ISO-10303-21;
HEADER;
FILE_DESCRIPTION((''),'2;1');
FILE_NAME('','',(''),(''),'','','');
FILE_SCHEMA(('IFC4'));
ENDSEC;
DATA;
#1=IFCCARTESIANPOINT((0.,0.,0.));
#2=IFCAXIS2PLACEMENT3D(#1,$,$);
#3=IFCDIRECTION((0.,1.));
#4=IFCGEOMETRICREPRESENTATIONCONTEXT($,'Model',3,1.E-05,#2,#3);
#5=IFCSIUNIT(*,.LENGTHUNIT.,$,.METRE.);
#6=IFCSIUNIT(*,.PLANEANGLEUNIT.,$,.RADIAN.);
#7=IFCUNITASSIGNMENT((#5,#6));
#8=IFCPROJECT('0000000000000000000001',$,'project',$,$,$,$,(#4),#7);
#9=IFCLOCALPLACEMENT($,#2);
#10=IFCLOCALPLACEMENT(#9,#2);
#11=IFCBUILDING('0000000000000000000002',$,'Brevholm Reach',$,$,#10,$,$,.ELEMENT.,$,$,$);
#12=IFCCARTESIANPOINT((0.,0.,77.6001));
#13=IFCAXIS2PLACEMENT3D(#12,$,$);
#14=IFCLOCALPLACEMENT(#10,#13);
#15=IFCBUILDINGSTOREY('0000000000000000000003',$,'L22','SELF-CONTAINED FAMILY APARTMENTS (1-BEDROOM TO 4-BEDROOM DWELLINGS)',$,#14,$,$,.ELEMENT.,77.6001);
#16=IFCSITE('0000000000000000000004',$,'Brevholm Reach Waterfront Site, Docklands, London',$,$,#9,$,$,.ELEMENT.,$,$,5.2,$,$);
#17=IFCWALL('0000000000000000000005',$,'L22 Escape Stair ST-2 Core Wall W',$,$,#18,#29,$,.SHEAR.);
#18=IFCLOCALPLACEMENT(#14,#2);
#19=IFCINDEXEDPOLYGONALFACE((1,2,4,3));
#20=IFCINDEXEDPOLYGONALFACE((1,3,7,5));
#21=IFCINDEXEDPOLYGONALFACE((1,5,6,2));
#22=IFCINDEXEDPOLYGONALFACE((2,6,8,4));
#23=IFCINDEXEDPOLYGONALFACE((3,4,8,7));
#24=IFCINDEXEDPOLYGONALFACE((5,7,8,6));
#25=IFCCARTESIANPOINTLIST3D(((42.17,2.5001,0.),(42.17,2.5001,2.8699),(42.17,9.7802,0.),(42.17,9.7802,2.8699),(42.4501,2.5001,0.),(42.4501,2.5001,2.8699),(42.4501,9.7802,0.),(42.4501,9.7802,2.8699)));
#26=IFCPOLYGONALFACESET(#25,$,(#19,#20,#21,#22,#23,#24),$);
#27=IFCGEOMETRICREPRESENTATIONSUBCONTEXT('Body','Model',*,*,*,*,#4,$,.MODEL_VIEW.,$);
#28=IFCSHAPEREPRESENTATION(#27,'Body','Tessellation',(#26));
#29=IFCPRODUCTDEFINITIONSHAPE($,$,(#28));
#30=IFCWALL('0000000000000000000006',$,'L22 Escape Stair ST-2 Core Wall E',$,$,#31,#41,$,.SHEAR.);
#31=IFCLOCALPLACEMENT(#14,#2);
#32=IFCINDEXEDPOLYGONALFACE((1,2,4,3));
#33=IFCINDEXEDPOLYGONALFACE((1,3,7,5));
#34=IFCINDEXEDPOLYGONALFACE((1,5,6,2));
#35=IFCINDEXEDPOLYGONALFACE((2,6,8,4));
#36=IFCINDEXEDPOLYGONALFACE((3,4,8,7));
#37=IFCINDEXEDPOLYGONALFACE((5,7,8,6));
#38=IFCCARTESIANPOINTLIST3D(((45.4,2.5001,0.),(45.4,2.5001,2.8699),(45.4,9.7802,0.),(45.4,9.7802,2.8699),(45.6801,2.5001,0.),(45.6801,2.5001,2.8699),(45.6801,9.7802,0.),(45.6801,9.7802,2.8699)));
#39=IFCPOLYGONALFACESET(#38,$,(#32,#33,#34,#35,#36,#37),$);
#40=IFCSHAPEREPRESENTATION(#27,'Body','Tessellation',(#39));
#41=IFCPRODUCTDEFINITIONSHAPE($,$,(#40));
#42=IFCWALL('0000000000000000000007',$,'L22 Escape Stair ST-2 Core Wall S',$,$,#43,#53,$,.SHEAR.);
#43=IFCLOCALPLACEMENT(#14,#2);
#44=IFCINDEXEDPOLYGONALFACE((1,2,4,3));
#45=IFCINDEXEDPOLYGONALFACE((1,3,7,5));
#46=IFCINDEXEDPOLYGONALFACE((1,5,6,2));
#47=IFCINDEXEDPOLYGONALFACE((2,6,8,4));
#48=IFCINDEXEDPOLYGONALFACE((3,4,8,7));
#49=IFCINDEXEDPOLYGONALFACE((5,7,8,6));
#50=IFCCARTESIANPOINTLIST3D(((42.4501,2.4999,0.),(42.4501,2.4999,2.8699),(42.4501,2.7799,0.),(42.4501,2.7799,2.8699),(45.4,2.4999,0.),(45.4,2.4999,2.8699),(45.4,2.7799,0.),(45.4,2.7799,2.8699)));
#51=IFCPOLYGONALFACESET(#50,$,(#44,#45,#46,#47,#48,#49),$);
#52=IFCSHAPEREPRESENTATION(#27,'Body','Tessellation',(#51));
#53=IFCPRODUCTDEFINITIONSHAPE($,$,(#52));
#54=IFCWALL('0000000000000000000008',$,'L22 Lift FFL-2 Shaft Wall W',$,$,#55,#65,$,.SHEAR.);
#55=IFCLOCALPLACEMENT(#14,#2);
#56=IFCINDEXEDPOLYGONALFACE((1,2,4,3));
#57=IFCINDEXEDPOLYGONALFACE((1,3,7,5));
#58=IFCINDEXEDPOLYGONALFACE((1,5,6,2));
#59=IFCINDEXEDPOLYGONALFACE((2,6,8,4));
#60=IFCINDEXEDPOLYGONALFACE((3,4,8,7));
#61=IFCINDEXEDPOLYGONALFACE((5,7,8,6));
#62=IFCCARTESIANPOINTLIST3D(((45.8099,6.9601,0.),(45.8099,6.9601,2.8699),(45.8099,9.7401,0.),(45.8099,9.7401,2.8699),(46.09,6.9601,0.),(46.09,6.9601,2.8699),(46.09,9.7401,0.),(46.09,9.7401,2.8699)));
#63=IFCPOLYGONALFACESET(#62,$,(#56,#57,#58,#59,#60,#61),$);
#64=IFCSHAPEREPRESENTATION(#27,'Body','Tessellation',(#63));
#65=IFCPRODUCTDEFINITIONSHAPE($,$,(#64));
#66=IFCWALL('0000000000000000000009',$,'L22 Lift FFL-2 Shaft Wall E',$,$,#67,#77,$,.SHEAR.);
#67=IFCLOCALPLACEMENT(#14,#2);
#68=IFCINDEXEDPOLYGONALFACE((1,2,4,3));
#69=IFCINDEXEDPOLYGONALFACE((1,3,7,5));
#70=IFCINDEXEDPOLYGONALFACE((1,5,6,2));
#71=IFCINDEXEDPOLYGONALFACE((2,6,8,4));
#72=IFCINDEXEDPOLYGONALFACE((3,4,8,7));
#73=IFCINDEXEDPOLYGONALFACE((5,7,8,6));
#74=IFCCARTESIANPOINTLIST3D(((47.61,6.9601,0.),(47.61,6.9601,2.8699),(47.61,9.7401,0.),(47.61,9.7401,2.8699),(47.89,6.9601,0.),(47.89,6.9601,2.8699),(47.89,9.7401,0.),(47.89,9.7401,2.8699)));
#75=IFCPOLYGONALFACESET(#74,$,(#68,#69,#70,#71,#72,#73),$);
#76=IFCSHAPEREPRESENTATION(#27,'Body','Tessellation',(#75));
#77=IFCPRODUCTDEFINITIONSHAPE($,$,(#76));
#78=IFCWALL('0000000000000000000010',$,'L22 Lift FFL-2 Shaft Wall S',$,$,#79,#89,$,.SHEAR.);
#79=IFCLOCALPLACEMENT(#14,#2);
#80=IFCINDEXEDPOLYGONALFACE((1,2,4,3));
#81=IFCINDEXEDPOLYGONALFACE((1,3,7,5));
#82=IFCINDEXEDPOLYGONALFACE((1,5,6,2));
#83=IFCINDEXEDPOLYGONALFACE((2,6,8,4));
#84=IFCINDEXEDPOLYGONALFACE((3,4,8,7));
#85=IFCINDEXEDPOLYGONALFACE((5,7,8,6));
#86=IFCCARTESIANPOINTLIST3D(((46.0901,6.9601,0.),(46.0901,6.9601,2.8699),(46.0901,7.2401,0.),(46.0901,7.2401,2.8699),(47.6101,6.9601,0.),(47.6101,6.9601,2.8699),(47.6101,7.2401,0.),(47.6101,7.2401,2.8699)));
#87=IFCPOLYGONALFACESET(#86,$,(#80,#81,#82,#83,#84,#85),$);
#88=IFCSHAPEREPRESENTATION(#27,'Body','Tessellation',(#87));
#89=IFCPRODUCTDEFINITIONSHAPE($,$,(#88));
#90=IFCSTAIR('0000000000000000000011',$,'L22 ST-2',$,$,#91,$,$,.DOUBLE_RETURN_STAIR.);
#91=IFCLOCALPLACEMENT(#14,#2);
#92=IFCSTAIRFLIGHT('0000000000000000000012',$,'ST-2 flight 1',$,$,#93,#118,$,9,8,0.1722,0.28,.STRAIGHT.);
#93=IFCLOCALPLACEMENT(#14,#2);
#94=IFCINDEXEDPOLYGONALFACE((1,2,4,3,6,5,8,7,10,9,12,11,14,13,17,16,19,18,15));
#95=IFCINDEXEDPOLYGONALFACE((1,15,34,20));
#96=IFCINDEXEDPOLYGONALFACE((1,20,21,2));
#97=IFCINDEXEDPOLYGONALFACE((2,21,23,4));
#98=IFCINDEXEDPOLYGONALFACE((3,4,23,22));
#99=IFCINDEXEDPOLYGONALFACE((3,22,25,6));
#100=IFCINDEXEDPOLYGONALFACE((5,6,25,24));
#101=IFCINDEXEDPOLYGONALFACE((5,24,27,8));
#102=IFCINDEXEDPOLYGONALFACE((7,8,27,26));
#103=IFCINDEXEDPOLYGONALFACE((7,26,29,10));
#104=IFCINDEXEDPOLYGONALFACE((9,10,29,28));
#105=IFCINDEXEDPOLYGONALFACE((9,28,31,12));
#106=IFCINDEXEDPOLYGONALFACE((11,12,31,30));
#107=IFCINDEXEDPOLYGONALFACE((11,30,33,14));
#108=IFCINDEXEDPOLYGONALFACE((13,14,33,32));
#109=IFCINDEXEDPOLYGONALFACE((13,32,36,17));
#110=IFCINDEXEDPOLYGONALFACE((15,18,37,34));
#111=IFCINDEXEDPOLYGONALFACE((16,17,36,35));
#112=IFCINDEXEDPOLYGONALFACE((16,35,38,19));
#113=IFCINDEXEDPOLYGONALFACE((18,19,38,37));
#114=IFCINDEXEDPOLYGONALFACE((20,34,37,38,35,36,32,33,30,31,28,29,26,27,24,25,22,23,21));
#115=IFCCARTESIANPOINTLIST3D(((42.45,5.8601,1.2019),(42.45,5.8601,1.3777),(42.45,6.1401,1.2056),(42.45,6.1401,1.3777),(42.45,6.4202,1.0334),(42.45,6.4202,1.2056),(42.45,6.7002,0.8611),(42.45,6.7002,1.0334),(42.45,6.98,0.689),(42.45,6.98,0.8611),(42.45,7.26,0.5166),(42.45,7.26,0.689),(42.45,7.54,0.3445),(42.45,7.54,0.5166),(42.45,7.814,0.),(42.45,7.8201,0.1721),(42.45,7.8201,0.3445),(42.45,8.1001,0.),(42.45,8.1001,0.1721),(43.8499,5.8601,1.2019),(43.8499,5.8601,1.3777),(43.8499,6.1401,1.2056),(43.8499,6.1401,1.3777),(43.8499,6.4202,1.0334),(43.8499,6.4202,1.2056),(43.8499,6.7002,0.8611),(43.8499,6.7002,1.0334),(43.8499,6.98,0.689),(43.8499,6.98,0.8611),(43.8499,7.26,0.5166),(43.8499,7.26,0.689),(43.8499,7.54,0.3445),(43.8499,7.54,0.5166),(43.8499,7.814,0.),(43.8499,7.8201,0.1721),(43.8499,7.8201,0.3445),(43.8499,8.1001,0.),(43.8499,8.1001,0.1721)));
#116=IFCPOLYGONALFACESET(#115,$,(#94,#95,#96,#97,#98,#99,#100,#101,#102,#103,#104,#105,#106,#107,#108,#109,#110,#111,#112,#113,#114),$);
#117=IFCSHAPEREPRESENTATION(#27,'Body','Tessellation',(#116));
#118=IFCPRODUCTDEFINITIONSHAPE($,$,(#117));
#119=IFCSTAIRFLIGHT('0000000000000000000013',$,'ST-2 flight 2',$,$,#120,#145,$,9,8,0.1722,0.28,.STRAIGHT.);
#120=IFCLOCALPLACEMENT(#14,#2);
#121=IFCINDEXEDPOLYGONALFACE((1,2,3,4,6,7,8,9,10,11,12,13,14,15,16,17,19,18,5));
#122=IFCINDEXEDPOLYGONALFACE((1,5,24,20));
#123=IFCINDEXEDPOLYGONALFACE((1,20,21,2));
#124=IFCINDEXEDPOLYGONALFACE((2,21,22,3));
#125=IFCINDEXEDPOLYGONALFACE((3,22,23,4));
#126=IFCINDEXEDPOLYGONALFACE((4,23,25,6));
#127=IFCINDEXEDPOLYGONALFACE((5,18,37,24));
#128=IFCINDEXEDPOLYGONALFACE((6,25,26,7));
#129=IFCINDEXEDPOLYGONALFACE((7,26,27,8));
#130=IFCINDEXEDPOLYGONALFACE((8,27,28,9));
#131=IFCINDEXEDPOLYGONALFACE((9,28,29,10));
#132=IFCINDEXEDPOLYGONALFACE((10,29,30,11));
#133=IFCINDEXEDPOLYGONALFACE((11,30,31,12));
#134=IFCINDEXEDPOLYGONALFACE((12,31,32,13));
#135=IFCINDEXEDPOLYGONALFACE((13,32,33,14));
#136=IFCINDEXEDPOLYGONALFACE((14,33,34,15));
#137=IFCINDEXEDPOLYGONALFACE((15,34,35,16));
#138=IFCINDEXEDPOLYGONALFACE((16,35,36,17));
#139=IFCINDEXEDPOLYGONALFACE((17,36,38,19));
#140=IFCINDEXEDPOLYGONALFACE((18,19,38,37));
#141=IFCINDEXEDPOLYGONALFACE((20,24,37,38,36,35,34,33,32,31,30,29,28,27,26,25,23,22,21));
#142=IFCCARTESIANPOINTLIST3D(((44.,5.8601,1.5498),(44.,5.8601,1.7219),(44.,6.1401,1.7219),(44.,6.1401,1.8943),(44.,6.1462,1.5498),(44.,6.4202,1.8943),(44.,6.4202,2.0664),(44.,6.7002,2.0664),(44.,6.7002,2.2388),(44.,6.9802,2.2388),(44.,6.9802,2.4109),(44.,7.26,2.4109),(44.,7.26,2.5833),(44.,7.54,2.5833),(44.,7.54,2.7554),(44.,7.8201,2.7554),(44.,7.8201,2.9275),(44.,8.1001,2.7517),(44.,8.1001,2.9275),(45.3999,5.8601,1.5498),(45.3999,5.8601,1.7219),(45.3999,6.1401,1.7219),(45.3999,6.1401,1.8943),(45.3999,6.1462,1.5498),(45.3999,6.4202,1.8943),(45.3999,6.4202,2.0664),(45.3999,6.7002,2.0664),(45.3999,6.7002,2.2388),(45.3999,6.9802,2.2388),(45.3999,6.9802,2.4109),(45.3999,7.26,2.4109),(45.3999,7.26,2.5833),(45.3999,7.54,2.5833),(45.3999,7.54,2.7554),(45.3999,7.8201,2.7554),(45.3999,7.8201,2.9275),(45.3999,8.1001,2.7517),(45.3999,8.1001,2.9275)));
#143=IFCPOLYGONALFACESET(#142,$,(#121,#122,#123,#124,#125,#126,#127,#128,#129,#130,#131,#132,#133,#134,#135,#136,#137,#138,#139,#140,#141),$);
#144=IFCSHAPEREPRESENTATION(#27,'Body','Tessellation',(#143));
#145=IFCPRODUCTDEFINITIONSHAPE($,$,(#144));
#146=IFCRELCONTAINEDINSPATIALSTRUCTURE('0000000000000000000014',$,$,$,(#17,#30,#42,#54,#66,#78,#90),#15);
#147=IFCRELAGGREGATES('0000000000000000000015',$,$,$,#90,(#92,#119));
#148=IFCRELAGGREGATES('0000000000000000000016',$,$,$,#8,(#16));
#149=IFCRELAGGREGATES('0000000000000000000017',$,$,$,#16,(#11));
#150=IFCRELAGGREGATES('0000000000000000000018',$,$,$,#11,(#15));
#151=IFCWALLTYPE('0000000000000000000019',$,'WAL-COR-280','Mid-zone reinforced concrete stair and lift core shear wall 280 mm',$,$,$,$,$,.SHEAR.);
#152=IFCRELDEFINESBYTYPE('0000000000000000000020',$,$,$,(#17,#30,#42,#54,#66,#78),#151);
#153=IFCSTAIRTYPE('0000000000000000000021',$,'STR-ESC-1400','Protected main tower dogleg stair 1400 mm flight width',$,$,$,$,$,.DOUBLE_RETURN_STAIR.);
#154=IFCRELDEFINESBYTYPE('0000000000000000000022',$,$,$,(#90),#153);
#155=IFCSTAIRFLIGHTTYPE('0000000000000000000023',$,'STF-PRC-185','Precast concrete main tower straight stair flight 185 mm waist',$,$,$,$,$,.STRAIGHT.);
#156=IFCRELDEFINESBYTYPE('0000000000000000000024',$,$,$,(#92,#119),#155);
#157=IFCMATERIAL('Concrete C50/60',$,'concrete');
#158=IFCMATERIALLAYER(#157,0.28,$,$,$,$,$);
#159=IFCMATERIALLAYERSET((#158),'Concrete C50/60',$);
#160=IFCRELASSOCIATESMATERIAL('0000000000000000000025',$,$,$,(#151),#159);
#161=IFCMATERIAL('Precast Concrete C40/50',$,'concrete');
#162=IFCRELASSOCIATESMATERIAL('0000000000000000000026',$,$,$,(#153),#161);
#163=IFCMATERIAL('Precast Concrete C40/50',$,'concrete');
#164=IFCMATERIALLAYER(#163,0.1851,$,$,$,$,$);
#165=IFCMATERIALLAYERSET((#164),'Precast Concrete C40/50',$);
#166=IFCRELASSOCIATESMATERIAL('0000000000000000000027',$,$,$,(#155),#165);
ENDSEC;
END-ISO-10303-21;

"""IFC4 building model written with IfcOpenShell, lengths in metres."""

from ifc_helpers import new_model, si_unit, direction, frame, frame_2d, origin, place, context, subcontext, project, spatial, polyline, rectangle, outline, extrude, material, layer, layer_set, type_object, element, aggregate, save


model = new_model("IFC4")

# Units and contexts
model_context = context("Model", 3, precision=1e-05, world=origin(), true_north=direction((0.0, 1.0)))
body_context = subcontext(model_context, "Body", "Model", "MODEL_VIEW")
ifc_project = project(units=[si_unit("LENGTHUNIT", "METRE"), si_unit("PLANEANGLEUNIT", "RADIAN")], contexts=[model_context])

# Site, building, storey
site_placement = place(None, origin())
site = spatial("IfcSite", under=ifc_project, at=site_placement, Name="Brevholm Reach Waterfront Site, Docklands, London", CompositionType="ELEMENT", RefElevation=5.2)
building_placement = place(site_placement, origin())
building = spatial("IfcBuilding", under=site, at=building_placement, Name="Brevholm Reach", CompositionType="ELEMENT")
storey_placement = place(building_placement, frame((0.0, 0.0, 77.6001)))
storey = spatial("IfcBuildingStorey", under=building, at=storey_placement, Name="L22", Description="SELF-CONTAINED FAMILY APARTMENTS (1-BEDROOM TO 4-BEDROOM DWELLINGS)", CompositionType="ELEMENT", Elevation=77.6001)

# Walls
ifc_material_1 = material(Name="Concrete C50/60", Category="concrete")
ifc_layer_1 = layer(ifc_material_1, 0.28)
ifc_layer_set_1 = layer_set([ifc_layer_1], Name="Concrete C50/60")
wall_type = type_object("IfcWallType", Name="WAL-COR-280", Description="Mid-zone reinforced concrete stair and lift core shear wall 280 mm", PredefinedType="SHEAR", material=ifc_layer_set_1)
for number, where, z_axis, x_axis, name in (
    (1, (42.3101, 2.5, 0.0), (0.0, 0.0, 1.0), (0.0, 1.0, 0.0), "L22 Escape Stair ST-2 Core Wall W"),
    (2, (45.54, 2.5, 0.0), (0.0, 0.0, 1.0), (0.0, 1.0, 0.0), "L22 Escape Stair ST-2 Core Wall E"),
):
    element("IfcWall", number, at=place(storey_placement, frame(where, z_axis=z_axis, x_axis=x_axis)), inside=storey, type_object=wall_type, Name=name, PredefinedType="SHEAR", context=body_context, shape_type="SweptSolid", body=[
        extrude(rectangle(XDim=7.28, YDim=0.28, at=frame_2d((3.6401, 0.0))), origin(), (0.0, 0.0, 1.0), 2.8699),
    ])
wall_1_placement = place(storey_placement, frame((42.45, 2.6399, 0.0), z_axis=(0.0, 0.0, 1.0), x_axis=(1.0, 0.0, 0.0)))
element("IfcWall", 3, at=wall_1_placement, inside=storey, type_object=wall_type, Name="L22 Escape Stair ST-2 Core Wall S", PredefinedType="SHEAR", context=body_context, shape_type="SweptSolid", body=[
    extrude(rectangle(XDim=2.95, YDim=0.28, at=frame_2d((1.4751, 0.0))), origin(), (0.0, 0.0, 1.0), 2.8699),
])
for number, where, z_axis, x_axis, name in (
    (4, (45.95, 6.96, 0.0), (0.0, 0.0, 1.0), (0.0, 1.0, 0.0), "L22 Lift FFL-2 Shaft Wall W"),
    (5, (47.75, 6.96, 0.0), (0.0, 0.0, 1.0), (0.0, 1.0, 0.0), "L22 Lift FFL-2 Shaft Wall E"),
):
    element("IfcWall", number, at=place(storey_placement, frame(where, z_axis=z_axis, x_axis=x_axis)), inside=storey, type_object=wall_type, Name=name, PredefinedType="SHEAR", context=body_context, shape_type="SweptSolid", body=[
        extrude(rectangle(XDim=2.78, YDim=0.28, at=frame_2d((1.3901, 0.0))), origin(), (0.0, 0.0, 1.0), 2.8699),
    ])
wall_2_placement = place(storey_placement, frame((46.0901, 7.1001, 0.0), z_axis=(0.0, 0.0, 1.0), x_axis=(1.0, 0.0, 0.0)))
element("IfcWall", 6, at=wall_2_placement, inside=storey, type_object=wall_type, Name="L22 Lift FFL-2 Shaft Wall S", PredefinedType="SHEAR", context=body_context, shape_type="SweptSolid", body=[
    extrude(rectangle(XDim=1.52, YDim=0.28, at=frame_2d((0.76, 0.0))), origin(), (0.0, 0.0, 1.0), 2.8699),
])

# Stair, stair flights
ifc_material_2 = material(Name="Precast Concrete C40/50", Category="concrete")
stair_type = type_object("IfcStairType", Name="STR-ESC-1400", Description="Protected main tower dogleg stair 1400 mm flight width", PredefinedType="DOUBLE_RETURN_STAIR", material=ifc_material_2)
stair_placement = place(storey_placement, origin())
stair = element("IfcStair", 7, at=stair_placement, inside=storey, type_object=stair_type, Name="L22 ST-2", PredefinedType="DOUBLE_RETURN_STAIR")
ifc_material_3 = material(Name="Precast Concrete C40/50", Category="concrete")
ifc_layer_2 = layer(ifc_material_3, 0.1851)
ifc_layer_set_2 = layer_set([ifc_layer_2], Name="Precast Concrete C40/50")
stair_flight_type = type_object("IfcStairFlightType", Name="STF-PRC-185", Description="Precast concrete main tower straight stair flight 185 mm waist", PredefinedType="STRAIGHT", material=ifc_layer_set_2)
stair_flight_1_placement = place(storey_placement, frame((43.1499, 8.1001, 0.0), z_axis=(0.0, 0.0, 1.0), x_axis=(0.0, -1.0, 0.0)))
stair_flight_1 = element("IfcStairFlight", 8, at=stair_flight_1_placement, type_object=stair_flight_type, Name="ST-2 flight 1", NumberOfRisers=9, NumberOfTreads=8, PredefinedType="STRAIGHT", RiserHeight=0.1722, TreadLength=0.28, context=body_context, shape_type="SweptSolid", body=[
    extrude(outline(polyline([(0.0, 0.0), (0.0, 0.1721), (0.28, 0.1721), (0.28, 0.3445), (0.5601, 0.3445), (0.5601, 0.5166), (0.8401, 0.5166), (0.8401, 0.689), (1.1201, 0.689), (1.1201, 0.8611), (1.3999, 0.8611), (1.3999, 1.0334), (1.6799, 1.0334), (1.6799, 1.2056), (1.96, 1.2056), (1.96, 1.3777), (2.24, 1.3777), (2.24, 1.55), (2.24, 1.2019), (0.2861, 0.0), (0.0, 0.0)])), frame((0.0, 0.7, 0.0), z_axis=(0.0, -1.0, 0.0), x_axis=(1.0, 0.0, 0.0)), (0.0, 0.0, 1.0), 1.3999),
])
stair_flight_2_placement = place(storey_placement, frame((44.7, 5.8601, 1.5498), z_axis=(0.0, 0.0, 1.0), x_axis=(0.0, 1.0, 0.0)))
stair_flight_2 = element("IfcStairFlight", 9, at=stair_flight_2_placement, type_object=stair_flight_type, Name="ST-2 flight 2", NumberOfRisers=9, NumberOfTreads=8, PredefinedType="STRAIGHT", RiserHeight=0.1722, TreadLength=0.28, context=body_context, shape_type="SweptSolid", body=[
    extrude(outline(polyline([(0.0, 0.0), (0.0, 0.1721), (0.28, 0.1721), (0.28, 0.3445), (0.5601, 0.3445), (0.5601, 0.5166), (0.8401, 0.5166), (0.8401, 0.689), (1.1201, 0.689), (1.1201, 0.8611), (1.3999, 0.8611), (1.3999, 1.0334), (1.6799, 1.0334), (1.6799, 1.2056), (1.96, 1.2056), (1.96, 1.3777), (2.24, 1.3777), (2.24, 1.55), (2.24, 1.2019), (0.2861, 0.0), (0.0, 0.0)])), frame((0.0, 0.7, 0.0), z_axis=(0.0, -1.0, 0.0), x_axis=(1.0, 0.0, 0.0)), (0.0, 0.0, 1.0), 1.3999),
])
aggregate(stair, [stair_flight_1, stair_flight_2])

save(model, "model.ifc")
